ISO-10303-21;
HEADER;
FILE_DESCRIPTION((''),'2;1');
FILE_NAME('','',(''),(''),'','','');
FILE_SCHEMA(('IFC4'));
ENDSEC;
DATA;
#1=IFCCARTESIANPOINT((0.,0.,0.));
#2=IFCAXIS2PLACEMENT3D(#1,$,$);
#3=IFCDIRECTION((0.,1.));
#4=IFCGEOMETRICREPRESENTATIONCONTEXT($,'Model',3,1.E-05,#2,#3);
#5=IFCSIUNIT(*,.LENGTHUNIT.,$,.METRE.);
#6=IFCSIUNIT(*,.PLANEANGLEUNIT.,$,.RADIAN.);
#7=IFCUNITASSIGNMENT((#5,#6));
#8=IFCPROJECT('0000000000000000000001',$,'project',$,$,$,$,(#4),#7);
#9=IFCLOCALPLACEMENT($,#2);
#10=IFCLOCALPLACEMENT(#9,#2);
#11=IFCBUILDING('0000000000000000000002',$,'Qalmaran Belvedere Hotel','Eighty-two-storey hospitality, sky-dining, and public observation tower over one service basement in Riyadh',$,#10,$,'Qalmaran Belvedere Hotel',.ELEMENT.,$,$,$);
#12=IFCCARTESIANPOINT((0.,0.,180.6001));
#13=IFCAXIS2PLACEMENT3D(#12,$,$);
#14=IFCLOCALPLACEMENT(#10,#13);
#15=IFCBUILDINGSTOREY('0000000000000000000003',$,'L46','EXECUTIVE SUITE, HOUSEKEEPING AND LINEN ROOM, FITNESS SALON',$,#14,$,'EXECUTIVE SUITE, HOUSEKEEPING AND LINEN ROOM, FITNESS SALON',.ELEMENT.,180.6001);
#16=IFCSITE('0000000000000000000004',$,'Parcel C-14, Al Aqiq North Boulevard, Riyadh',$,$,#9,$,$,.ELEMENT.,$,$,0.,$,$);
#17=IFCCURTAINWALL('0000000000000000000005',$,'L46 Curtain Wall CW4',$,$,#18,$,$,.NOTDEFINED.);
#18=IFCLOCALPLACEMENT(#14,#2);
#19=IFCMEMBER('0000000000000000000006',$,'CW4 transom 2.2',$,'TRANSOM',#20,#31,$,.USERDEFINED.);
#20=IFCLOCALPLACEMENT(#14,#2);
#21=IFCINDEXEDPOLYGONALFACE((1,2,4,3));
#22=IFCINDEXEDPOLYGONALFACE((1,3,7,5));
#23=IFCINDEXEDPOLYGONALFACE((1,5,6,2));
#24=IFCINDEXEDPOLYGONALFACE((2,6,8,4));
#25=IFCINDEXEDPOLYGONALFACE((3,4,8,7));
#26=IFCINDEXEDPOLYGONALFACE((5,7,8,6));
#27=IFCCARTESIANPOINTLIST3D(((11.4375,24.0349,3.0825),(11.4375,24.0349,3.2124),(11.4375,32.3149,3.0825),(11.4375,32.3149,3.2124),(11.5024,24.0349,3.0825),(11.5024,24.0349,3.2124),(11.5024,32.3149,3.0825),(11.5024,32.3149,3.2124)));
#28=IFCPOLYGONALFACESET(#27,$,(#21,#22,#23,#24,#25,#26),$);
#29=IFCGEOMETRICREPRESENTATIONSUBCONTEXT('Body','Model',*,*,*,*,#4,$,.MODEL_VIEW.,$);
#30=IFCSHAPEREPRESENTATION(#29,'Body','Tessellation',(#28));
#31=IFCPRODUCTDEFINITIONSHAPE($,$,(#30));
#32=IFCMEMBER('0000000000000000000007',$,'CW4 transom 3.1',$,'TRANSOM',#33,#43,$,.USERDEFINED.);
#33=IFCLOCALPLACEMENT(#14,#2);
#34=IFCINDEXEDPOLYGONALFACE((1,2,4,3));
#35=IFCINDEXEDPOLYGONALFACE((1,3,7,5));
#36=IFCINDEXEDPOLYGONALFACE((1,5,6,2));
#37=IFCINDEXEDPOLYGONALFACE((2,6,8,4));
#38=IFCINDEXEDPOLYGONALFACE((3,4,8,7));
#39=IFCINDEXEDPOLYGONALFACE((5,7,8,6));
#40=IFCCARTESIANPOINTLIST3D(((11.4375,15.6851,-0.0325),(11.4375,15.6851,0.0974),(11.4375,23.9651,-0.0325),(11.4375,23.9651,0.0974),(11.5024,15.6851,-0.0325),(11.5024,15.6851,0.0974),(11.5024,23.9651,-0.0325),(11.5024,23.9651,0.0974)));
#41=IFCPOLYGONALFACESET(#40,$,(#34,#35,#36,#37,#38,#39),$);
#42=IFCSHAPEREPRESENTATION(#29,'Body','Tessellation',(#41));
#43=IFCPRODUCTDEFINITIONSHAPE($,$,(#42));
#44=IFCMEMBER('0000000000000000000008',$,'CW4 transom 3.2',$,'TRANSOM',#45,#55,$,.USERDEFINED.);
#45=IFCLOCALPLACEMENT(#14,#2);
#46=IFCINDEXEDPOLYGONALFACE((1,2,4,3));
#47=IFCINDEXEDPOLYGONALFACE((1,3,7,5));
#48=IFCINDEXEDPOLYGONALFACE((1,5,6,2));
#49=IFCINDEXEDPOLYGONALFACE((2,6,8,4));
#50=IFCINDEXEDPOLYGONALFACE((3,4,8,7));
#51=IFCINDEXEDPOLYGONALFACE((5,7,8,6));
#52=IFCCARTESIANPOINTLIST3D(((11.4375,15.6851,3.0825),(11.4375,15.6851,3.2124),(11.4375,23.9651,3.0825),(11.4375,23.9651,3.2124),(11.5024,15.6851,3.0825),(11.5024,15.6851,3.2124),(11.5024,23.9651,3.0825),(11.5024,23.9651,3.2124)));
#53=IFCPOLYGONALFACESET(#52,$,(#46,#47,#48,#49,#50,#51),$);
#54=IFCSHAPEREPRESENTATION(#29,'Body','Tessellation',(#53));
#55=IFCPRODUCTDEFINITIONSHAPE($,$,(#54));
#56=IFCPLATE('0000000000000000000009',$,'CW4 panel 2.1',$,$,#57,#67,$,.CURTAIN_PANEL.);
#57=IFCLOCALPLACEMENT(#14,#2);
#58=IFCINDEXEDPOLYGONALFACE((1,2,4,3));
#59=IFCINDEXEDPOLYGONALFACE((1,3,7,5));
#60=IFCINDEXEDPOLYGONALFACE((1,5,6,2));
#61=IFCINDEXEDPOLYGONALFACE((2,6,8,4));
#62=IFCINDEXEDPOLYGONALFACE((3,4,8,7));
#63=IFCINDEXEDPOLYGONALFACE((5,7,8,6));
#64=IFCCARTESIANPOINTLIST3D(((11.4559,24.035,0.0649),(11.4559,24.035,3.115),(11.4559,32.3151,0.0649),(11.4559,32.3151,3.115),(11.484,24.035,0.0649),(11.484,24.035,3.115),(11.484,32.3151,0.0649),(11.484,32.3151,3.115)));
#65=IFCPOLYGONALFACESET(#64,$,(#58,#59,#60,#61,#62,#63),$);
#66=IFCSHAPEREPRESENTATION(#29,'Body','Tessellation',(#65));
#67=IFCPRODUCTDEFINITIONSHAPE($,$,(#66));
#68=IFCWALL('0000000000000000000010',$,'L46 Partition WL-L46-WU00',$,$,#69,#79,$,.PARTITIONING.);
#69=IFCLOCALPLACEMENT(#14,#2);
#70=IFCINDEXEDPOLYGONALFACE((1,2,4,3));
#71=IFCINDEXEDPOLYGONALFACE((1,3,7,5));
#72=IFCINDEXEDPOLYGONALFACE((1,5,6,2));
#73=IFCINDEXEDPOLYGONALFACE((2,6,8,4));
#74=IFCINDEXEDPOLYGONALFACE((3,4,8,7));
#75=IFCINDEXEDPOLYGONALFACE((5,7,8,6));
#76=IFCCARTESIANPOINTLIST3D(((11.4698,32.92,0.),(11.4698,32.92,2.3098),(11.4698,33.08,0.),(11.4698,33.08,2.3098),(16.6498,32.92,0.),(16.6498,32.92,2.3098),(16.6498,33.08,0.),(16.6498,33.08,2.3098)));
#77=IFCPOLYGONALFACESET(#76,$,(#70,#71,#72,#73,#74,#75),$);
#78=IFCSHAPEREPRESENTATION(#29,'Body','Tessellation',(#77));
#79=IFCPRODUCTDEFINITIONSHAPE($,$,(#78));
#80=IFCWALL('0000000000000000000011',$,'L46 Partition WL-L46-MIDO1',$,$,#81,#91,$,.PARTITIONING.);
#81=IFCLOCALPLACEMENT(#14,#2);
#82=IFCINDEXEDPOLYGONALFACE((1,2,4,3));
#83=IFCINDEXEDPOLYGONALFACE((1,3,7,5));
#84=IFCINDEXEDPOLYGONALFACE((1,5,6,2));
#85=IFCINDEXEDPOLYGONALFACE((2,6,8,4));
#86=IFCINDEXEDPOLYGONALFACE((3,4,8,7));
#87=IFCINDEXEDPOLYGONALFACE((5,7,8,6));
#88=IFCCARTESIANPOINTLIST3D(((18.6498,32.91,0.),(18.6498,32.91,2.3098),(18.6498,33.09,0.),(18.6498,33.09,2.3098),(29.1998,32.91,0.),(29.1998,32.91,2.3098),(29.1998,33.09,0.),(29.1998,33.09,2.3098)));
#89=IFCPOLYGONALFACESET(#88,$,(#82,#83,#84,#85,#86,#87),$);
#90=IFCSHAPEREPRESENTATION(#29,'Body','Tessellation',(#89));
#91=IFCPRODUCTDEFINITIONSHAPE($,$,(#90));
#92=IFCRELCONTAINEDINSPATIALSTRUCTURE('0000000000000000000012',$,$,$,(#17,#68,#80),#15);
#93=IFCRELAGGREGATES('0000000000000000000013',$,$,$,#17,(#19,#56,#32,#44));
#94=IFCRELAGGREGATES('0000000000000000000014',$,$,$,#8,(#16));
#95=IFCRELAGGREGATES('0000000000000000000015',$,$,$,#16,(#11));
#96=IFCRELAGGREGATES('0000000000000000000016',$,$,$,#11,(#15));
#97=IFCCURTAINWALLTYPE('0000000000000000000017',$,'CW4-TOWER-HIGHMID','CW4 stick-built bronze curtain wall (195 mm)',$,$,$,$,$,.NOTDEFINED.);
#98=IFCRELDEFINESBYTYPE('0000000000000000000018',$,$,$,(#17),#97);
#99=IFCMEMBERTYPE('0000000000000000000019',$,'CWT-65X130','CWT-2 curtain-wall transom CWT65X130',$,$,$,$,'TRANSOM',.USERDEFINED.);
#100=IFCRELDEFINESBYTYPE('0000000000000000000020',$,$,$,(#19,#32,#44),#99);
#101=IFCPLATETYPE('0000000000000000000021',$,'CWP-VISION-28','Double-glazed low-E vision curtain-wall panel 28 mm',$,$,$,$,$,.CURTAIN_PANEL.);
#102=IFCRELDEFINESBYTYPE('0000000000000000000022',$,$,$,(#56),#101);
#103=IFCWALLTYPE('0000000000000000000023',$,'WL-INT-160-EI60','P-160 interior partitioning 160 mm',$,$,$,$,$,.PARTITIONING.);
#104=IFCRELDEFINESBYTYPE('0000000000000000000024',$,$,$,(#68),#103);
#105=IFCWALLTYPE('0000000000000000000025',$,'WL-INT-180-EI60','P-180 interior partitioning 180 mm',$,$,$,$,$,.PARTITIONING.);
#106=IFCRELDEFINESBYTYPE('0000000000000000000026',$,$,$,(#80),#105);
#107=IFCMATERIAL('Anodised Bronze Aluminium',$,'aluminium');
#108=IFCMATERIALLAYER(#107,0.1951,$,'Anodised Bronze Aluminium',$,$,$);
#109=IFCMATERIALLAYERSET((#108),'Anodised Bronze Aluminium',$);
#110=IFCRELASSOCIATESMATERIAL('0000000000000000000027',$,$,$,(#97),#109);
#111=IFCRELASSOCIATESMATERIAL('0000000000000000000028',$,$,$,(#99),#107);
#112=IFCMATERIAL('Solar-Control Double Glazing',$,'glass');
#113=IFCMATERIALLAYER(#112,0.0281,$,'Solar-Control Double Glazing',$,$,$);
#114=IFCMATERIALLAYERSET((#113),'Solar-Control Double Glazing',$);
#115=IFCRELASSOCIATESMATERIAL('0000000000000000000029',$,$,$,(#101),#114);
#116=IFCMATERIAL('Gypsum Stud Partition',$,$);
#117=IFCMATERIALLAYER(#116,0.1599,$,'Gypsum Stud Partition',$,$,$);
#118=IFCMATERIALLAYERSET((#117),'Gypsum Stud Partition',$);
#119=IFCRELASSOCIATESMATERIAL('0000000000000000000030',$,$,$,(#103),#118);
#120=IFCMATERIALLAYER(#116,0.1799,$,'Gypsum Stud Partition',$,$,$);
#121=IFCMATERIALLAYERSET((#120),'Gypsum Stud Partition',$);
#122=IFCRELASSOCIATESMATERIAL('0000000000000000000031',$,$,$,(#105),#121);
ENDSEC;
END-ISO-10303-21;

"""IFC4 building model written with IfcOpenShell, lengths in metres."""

from ifc_helpers import new_model, si_unit, direction, frame, frame_2d, origin, origin_2d, place, context, subcontext, project, spatial, rectangle, extrude, material, layer, layer_set, material_profile, profile_set, type_object, element, aggregate, save


model = new_model("IFC4")

# Units and contexts
model_context = context("Model", 3, precision=1e-05, world=origin(), true_north=direction((0.0, 1.0)))
body_context = subcontext(model_context, "Body", "Model", "MODEL_VIEW")
ifc_project = project(units=[si_unit("LENGTHUNIT", "METRE"), si_unit("PLANEANGLEUNIT", "RADIAN")], contexts=[model_context])

# Site, building, storey
site_placement = place(None, origin())
site = spatial("IfcSite", under=ifc_project, at=site_placement, Name="Parcel C-14, Al Aqiq North Boulevard, Riyadh", CompositionType="ELEMENT", RefElevation=0.0)
building_placement = place(site_placement, origin())
building = spatial("IfcBuilding", under=site, at=building_placement, Name="Qalmaran Belvedere Hotel", Description="Eighty-two-storey hospitality, sky-dining, and public observation tower over one service basement in Riyadh", LongName="Qalmaran Belvedere Hotel", CompositionType="ELEMENT")
storey_placement = place(building_placement, frame((0.0, 0.0, 180.6001)))
storey = spatial("IfcBuildingStorey", under=building, at=storey_placement, Name="L46", Description="EXECUTIVE SUITE, HOUSEKEEPING AND LINEN ROOM, FITNESS SALON", LongName="EXECUTIVE SUITE, HOUSEKEEPING AND LINEN ROOM, FITNESS SALON", CompositionType="ELEMENT", Elevation=180.6001)

# Curtain wall, members, plate
ifc_material_1 = material(Name="Anodised Bronze Aluminium", Category="aluminium")
ifc_layer_1 = layer(ifc_material_1, 0.1951, Name="Anodised Bronze Aluminium")
ifc_layer_set_1 = layer_set([ifc_layer_1], Name="Anodised Bronze Aluminium")
curtain_wall_type = type_object("IfcCurtainWallType", Name="CW4-TOWER-HIGHMID", Description="CW4 stick-built bronze curtain wall (195 mm)", PredefinedType="NOTDEFINED", material=ifc_layer_set_1)
curtain_wall_placement = place(storey_placement, origin())
curtain_wall = element("IfcCurtainWall", 1, at=curtain_wall_placement, inside=storey, type_object=curtain_wall_type, Name="L46 Curtain Wall CW4", PredefinedType="NOTDEFINED")
ifc_material_profile_1 = material_profile(ifc_material_1, rectangle(XDim=0.0649, YDim=0.1299, at=origin_2d()), Name="CWT65X130")
ifc_profile_set_1 = profile_set([ifc_material_profile_1], Name="Anodised Bronze Aluminium")
member_type_1 = type_object("IfcMemberType", Name="CWT-65X130", Description="CWT-2 curtain-wall transom CWT65X130", ElementType="TRANSOM", PredefinedType="USERDEFINED", material=ifc_profile_set_1)
member_1_placement = place(storey_placement, frame((11.47, 32.3149, 3.1475), z_axis=(0.0, -1.0, 0.0), x_axis=(1.0, 0.0, 0.0)))
member_1 = element("IfcMember", 2, at=member_1_placement, type_object=member_type_1, Name="CW4 transom 2.2", ObjectType="TRANSOM", PredefinedType="USERDEFINED", context=body_context, shape_type="SweptSolid", body=[
    extrude(rectangle(XDim=0.0649, YDim=0.1299, at=origin_2d()), origin(), (0.0, 0.0, 1.0), 8.28),
])
member_2_placement = place(storey_placement, frame((11.47, 23.9651, 0.0325), z_axis=(0.0, -1.0, 0.0), x_axis=(1.0, 0.0, 0.0)))
member_2 = element("IfcMember", 3, at=member_2_placement, type_object=member_type_1, Name="CW4 transom 3.1", ObjectType="TRANSOM", PredefinedType="USERDEFINED", context=body_context, shape_type="SweptSolid", body=[
    extrude(rectangle(XDim=0.0649, YDim=0.1299, at=origin_2d()), origin(), (0.0, 0.0, 1.0), 8.28),
])
member_3_placement = place(storey_placement, frame((11.47, 23.9651, 3.1475), z_axis=(0.0, -1.0, 0.0), x_axis=(1.0, 0.0, 0.0)))
member_3 = element("IfcMember", 4, at=member_3_placement, type_object=member_type_1, Name="CW4 transom 3.2", ObjectType="TRANSOM", PredefinedType="USERDEFINED", context=body_context, shape_type="SweptSolid", body=[
    extrude(rectangle(XDim=0.0649, YDim=0.1299, at=origin_2d()), origin(), (0.0, 0.0, 1.0), 8.28),
])
ifc_material_2 = material(Name="Solar-Control Double Glazing", Category="glass")
ifc_layer_2 = layer(ifc_material_2, 0.0281, Name="Solar-Control Double Glazing")
ifc_layer_set_2 = layer_set([ifc_layer_2], Name="Solar-Control Double Glazing")
plate_type = type_object("IfcPlateType", Name="CWP-VISION-28", Description="Double-glazed low-E vision curtain-wall panel 28 mm", PredefinedType="CURTAIN_PANEL", material=ifc_layer_set_2)
plate_placement = place(storey_placement, frame((11.47, 28.175, 0.0649), z_axis=(0.0, 0.0, 1.0), x_axis=(0.0, -1.0, 0.0)))
plate = element("IfcPlate", 5, at=plate_placement, type_object=plate_type, Name="CW4 panel 2.1", PredefinedType="CURTAIN_PANEL", context=body_context, shape_type="SweptSolid", body=[
    extrude(rectangle(XDim=8.28, YDim=0.0281, at=origin_2d()), origin(), (0.0, 0.0, 1.0), 3.05),
])
aggregate(curtain_wall, [member_1, plate, member_2, member_3])

# Shared definitions
ifc_material_3 = material(Name="Gypsum Stud Partition")

# Walls
ifc_layer_3 = layer(ifc_material_3, 0.1599, Name="Gypsum Stud Partition")
ifc_layer_set_3 = layer_set([ifc_layer_3], Name="Gypsum Stud Partition")
wall_type_1 = type_object("IfcWallType", Name="WL-INT-160-EI60", Description="P-160 interior partitioning 160 mm", PredefinedType="PARTITIONING", material=ifc_layer_set_3)
wall_1_placement = place(storey_placement, frame((11.47, 33.0, 0.0), z_axis=(0.0, 0.0, 1.0), x_axis=(1.0, 0.0, 0.0)))
element("IfcWall", 6, at=wall_1_placement, inside=storey, type_object=wall_type_1, Name="L46 Partition WL-L46-WU00", PredefinedType="PARTITIONING", context=body_context, shape_type="SweptSolid", body=[
    extrude(rectangle(XDim=5.1799, YDim=0.1599, at=frame_2d((2.5898, 0.0))), origin(), (0.0, 0.0, 1.0), 2.3098),
])
ifc_layer_4 = layer(ifc_material_3, 0.1799, Name="Gypsum Stud Partition")
ifc_layer_set_4 = layer_set([ifc_layer_4], Name="Gypsum Stud Partition")
wall_type_2 = type_object("IfcWallType", Name="WL-INT-180-EI60", Description="P-180 interior partitioning 180 mm", PredefinedType="PARTITIONING", material=ifc_layer_set_4)
wall_2_placement = place(storey_placement, frame((18.6499, 33.0, 0.0), z_axis=(0.0, 0.0, 1.0), x_axis=(1.0, 0.0, 0.0)))
element("IfcWall", 7, at=wall_2_placement, inside=storey, type_object=wall_type_2, Name="L46 Partition WL-L46-MIDO1", PredefinedType="PARTITIONING", context=body_context, shape_type="SweptSolid", body=[
    extrude(rectangle(XDim=10.55, YDim=0.1799, at=frame_2d((5.2749, 0.0))), origin(), (0.0, 0.0, 1.0), 2.3098),
])

save(model, "model.ifc")
